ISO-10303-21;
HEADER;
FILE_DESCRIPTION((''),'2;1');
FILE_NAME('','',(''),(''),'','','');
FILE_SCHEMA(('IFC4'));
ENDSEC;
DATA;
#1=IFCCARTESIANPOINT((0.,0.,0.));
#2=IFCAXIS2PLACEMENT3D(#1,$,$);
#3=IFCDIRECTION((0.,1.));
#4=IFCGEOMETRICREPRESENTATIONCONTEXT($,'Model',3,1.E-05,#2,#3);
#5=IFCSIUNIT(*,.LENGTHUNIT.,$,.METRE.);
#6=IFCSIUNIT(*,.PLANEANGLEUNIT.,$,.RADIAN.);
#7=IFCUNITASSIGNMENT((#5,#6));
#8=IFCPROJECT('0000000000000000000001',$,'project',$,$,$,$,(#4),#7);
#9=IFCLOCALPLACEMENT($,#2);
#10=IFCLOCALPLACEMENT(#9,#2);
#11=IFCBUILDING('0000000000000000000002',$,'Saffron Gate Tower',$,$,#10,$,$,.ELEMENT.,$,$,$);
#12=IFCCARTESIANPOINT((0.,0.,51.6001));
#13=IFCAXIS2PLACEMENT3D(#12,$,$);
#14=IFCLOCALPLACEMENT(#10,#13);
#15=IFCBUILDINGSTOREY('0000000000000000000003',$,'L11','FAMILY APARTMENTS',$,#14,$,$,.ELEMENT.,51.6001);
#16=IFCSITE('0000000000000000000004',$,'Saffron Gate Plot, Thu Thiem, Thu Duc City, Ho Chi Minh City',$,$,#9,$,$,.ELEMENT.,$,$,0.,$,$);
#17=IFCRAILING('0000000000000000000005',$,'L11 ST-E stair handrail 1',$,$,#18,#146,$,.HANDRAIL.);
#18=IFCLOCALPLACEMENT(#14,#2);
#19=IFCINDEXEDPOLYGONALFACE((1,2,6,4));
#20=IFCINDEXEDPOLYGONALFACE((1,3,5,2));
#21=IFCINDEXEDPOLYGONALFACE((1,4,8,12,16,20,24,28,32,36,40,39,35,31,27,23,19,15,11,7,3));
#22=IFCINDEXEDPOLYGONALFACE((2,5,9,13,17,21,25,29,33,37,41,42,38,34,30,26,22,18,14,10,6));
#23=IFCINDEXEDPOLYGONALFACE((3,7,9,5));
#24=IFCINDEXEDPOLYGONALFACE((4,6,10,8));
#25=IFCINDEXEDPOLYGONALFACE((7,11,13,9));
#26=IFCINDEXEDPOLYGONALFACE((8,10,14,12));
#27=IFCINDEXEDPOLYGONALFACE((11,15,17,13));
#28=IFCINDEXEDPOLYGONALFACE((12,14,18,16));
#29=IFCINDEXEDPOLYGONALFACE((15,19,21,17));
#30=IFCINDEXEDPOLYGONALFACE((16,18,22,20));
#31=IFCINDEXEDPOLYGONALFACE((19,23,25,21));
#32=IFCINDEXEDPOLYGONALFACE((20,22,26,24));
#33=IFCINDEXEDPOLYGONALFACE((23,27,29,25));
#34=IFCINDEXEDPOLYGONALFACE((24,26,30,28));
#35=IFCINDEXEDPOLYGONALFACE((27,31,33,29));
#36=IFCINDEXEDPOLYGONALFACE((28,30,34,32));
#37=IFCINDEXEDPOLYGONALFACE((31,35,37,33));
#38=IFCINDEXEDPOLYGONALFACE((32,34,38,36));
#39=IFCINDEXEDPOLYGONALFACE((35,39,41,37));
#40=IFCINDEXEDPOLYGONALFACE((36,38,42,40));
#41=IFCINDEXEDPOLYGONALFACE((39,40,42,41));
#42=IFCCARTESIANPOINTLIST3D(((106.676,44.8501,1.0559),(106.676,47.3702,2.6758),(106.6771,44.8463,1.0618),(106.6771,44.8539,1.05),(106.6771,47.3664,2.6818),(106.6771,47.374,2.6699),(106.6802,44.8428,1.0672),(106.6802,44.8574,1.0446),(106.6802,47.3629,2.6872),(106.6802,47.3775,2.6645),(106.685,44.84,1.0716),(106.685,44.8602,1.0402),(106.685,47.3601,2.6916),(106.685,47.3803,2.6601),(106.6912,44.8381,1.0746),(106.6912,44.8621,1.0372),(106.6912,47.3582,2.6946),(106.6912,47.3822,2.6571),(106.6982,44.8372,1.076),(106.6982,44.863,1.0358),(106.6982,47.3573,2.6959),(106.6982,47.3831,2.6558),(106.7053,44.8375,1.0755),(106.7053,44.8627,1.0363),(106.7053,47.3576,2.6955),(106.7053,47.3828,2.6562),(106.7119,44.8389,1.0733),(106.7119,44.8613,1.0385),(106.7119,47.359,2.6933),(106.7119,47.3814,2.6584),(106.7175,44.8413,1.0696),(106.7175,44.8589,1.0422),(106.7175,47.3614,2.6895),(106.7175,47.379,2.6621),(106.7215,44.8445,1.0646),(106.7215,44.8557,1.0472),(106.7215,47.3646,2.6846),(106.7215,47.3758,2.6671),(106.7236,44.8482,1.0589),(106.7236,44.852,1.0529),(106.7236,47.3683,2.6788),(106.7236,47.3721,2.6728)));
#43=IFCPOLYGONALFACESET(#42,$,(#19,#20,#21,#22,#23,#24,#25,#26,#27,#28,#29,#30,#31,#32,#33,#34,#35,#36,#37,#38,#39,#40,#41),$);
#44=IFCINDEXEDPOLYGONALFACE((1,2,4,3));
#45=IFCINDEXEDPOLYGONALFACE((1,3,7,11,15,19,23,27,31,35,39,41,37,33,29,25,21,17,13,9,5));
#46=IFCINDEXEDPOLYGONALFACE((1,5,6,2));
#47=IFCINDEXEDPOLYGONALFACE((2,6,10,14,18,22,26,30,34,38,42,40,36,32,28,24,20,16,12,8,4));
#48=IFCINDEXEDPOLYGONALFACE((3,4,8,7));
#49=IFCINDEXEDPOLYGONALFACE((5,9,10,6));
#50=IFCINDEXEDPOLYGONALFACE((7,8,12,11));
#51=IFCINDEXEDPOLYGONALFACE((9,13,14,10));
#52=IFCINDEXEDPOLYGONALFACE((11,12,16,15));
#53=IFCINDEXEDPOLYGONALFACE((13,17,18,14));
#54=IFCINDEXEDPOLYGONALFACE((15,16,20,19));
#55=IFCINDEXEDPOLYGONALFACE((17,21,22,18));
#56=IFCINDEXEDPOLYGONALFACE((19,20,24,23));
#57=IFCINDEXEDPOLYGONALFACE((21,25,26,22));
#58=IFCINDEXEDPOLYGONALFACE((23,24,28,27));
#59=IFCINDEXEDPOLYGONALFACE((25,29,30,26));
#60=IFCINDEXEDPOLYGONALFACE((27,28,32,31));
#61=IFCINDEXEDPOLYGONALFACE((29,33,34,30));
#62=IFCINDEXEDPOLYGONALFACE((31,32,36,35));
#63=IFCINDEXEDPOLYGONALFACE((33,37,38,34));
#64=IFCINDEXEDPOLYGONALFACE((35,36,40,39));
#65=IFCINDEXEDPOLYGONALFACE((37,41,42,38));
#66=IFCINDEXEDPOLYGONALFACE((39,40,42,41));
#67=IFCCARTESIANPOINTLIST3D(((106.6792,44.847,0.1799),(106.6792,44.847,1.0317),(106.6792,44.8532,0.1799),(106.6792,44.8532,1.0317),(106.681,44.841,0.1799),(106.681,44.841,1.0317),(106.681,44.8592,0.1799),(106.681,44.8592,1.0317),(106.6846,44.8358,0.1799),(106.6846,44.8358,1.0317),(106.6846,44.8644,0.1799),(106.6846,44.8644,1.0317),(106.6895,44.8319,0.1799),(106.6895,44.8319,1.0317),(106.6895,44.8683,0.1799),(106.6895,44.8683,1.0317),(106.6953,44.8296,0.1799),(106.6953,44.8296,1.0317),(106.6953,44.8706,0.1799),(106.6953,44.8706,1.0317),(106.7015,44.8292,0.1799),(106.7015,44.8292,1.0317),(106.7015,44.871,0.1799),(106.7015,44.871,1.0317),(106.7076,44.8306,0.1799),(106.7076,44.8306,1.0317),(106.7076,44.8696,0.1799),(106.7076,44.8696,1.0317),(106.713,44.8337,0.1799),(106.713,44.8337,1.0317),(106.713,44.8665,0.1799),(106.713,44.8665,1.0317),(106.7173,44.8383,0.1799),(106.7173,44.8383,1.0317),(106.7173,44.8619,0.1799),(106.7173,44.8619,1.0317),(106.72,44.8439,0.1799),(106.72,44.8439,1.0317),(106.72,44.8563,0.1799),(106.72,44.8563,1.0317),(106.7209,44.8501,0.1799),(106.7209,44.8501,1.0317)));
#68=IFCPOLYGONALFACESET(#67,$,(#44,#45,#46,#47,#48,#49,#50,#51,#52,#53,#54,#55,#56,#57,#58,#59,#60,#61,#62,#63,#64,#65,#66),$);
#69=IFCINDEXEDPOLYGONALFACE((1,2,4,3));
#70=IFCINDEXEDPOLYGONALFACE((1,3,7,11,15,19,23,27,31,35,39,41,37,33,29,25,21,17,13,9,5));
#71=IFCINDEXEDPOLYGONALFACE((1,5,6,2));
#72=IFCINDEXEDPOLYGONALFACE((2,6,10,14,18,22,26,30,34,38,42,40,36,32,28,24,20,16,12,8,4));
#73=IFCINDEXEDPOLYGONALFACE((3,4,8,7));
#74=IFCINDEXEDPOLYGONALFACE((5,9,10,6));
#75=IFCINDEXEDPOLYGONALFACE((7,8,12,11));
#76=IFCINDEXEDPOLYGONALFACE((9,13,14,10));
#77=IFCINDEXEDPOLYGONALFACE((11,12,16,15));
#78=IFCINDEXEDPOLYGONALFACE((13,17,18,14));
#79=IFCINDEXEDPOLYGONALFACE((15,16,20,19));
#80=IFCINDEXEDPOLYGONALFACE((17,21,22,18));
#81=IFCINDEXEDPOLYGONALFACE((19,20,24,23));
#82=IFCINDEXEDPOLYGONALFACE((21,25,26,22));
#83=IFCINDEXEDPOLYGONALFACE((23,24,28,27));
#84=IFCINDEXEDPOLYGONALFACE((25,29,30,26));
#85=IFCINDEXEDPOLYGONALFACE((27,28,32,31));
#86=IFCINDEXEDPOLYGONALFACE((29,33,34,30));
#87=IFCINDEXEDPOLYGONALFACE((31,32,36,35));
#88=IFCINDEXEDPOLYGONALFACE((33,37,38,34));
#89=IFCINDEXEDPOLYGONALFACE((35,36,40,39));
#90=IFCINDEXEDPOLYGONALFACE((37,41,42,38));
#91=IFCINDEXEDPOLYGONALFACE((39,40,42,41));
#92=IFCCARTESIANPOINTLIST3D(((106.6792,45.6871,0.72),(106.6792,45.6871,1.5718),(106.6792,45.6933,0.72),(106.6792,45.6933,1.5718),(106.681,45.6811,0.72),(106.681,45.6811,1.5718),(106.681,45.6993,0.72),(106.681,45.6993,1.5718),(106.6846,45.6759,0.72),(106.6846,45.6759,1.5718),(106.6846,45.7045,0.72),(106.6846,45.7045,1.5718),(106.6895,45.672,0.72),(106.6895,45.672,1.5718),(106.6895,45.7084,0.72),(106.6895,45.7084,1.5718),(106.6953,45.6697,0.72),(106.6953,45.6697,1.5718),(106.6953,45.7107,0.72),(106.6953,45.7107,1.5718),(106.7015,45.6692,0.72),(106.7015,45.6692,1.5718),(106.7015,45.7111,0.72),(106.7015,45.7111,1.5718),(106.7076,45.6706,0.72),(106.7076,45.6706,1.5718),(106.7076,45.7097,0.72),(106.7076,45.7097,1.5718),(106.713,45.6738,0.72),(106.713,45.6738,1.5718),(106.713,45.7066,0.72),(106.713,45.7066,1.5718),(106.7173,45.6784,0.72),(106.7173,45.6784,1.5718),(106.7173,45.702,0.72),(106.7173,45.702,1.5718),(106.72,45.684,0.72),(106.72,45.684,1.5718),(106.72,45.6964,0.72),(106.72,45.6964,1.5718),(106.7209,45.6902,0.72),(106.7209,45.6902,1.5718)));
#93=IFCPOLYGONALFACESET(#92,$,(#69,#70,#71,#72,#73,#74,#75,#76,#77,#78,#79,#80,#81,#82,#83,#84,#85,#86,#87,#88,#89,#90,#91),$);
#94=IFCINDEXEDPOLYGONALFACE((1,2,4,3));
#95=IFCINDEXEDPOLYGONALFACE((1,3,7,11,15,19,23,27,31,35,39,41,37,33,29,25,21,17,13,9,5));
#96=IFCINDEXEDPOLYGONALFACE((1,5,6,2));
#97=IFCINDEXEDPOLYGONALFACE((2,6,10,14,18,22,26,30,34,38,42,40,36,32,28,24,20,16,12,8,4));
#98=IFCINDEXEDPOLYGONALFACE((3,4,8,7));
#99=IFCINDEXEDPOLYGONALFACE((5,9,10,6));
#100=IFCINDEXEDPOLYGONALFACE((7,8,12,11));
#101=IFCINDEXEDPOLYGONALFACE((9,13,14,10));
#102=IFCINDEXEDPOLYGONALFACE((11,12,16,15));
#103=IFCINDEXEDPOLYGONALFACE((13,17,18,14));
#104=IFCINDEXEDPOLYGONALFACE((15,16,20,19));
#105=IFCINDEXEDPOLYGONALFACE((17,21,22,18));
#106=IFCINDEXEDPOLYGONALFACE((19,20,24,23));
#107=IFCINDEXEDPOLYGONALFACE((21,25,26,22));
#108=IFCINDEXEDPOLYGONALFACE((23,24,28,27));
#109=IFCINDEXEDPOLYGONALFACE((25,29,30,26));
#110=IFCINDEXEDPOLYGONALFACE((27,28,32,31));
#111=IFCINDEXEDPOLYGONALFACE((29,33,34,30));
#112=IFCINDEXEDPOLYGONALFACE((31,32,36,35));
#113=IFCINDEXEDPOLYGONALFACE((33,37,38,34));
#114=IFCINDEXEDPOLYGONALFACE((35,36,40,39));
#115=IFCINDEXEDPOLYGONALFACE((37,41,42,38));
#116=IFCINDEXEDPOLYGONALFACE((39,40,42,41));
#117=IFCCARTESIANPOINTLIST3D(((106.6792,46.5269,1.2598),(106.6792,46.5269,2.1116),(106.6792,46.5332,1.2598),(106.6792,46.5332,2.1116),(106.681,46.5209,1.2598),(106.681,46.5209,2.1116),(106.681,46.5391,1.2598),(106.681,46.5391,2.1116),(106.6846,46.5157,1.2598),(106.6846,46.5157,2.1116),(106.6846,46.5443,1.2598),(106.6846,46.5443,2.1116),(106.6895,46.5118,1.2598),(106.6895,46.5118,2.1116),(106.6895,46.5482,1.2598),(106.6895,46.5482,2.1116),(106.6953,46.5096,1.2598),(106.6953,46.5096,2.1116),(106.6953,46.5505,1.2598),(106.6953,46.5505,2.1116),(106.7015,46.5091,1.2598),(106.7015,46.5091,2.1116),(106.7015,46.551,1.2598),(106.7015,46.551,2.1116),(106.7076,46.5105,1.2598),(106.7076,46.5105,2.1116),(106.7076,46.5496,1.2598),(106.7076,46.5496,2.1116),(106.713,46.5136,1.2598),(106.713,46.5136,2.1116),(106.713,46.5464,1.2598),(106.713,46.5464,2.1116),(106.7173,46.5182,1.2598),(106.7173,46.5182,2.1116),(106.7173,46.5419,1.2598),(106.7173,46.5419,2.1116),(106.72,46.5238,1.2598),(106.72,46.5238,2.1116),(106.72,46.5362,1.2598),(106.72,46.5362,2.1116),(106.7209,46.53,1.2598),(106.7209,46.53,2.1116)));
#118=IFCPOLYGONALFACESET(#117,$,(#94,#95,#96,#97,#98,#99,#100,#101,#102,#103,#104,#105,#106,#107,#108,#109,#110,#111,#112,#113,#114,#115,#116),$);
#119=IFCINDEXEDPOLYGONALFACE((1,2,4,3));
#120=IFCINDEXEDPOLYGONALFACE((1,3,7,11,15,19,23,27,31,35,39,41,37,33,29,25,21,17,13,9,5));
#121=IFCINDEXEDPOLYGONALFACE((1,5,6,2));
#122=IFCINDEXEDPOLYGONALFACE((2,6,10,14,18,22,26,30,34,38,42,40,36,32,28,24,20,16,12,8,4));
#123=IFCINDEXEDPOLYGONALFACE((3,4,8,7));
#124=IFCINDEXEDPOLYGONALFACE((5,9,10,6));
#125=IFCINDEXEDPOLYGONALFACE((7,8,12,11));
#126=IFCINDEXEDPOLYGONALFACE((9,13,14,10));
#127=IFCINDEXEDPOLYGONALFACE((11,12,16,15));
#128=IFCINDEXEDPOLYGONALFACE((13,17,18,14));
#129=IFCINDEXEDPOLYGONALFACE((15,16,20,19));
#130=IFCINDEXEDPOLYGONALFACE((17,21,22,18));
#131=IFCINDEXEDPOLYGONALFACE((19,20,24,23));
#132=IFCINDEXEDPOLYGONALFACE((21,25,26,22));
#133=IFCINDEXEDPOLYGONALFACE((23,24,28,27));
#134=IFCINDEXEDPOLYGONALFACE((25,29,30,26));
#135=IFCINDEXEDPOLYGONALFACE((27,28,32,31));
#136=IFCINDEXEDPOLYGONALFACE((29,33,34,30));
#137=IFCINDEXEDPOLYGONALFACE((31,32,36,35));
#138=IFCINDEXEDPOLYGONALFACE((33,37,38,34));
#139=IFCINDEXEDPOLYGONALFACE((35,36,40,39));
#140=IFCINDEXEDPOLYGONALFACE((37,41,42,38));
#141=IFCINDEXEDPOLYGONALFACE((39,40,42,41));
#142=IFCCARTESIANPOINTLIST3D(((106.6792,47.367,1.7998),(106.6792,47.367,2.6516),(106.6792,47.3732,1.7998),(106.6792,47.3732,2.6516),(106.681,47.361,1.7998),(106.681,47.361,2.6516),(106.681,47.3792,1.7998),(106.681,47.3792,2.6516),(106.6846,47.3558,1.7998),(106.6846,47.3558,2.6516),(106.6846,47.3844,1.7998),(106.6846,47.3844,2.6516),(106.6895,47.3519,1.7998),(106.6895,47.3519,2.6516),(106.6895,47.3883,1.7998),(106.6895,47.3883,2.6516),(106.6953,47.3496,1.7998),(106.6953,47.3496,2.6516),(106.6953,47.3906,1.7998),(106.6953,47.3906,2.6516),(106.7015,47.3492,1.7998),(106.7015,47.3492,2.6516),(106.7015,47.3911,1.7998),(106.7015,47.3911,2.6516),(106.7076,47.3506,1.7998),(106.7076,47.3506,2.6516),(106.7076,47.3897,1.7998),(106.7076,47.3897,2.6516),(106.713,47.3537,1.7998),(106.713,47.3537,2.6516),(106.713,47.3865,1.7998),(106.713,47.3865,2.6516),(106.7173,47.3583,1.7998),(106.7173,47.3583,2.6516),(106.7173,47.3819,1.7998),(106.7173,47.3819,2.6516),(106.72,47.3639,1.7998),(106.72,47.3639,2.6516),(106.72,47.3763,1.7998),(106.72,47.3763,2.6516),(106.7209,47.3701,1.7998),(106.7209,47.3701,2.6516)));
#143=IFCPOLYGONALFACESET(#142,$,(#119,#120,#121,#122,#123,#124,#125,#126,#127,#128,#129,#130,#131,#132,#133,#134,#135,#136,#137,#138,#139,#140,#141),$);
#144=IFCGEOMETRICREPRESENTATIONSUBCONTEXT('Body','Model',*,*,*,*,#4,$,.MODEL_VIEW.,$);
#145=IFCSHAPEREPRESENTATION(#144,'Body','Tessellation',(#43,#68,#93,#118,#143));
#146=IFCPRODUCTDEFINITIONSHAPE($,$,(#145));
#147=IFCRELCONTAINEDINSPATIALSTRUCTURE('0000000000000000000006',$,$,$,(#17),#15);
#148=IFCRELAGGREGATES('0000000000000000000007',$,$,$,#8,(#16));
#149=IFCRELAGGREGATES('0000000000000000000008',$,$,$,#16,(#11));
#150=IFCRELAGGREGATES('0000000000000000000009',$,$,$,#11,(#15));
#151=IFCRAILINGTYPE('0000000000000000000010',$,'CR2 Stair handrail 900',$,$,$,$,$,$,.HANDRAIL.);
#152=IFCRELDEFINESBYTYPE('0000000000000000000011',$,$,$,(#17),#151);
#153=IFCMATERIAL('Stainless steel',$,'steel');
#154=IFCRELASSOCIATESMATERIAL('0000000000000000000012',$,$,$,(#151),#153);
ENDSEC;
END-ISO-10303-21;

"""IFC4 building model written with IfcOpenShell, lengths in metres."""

from ifc_helpers import new_model, si_unit, direction, frame, origin, origin_2d, place, context, subcontext, project, spatial, circle, extrude, material, type_object, element, save


model = new_model("IFC4")

# Units and contexts
model_context = context("Model", 3, precision=1e-05, world=origin(), true_north=direction((0.0, 1.0)))
body_context = subcontext(model_context, "Body", "Model", "MODEL_VIEW")
ifc_project = project(units=[si_unit("LENGTHUNIT", "METRE"), si_unit("PLANEANGLEUNIT", "RADIAN")], contexts=[model_context])

# Site, building, storey
site_placement = place(None, origin())
site = spatial("IfcSite", under=ifc_project, at=site_placement, Name="Saffron Gate Plot, Thu Thiem, Thu Duc City, Ho Chi Minh City", CompositionType="ELEMENT", RefElevation=0.0)
building_placement = place(site_placement, origin())
building = spatial("IfcBuilding", under=site, at=building_placement, Name="Saffron Gate Tower", CompositionType="ELEMENT")
storey_placement = place(building_placement, frame((0.0, 0.0, 51.6001)))
storey = spatial("IfcBuildingStorey", under=building, at=storey_placement, Name="L11", Description="FAMILY APARTMENTS", CompositionType="ELEMENT", Elevation=51.6001)

# Railing
ifc_material_1 = material(Name="Stainless steel", Category="steel")
railing_type_1 = type_object("IfcRailingType", Name="CR2 Stair handrail 900", PredefinedType="HANDRAIL", material=ifc_material_1)
railing_1_placement = place(storey_placement, frame((106.7, 44.8501, 0.1799)))
element("IfcRailing", 1, at=railing_1_placement, inside=storey, type_object=railing_type_1, Name="L11 ST-E stair handrail 1", PredefinedType="HANDRAIL", context=body_context, shape_type="SweptSolid", body=[
    extrude(circle(Radius=0.0239, at=origin_2d()), frame((0.0, 0.0, 0.876), z_axis=(0.0, 0.8412, 0.540725), x_axis=(-1.0, 0.0, 0.0)), (0.0, 0.0, 1.0), 2.9958),
    extrude(circle(Radius=0.021, at=origin_2d()), origin(), (0.0, 0.0, 1.0), 0.8518),
    extrude(circle(Radius=0.021, at=origin_2d()), frame((0.0, 0.8401, 0.54)), (0.0, 0.0, 1.0), 0.8518),
    extrude(circle(Radius=0.021, at=origin_2d()), frame((0.0, 1.6799, 1.0798)), (0.0, 0.0, 1.0), 0.8518),
    extrude(circle(Radius=0.021, at=origin_2d()), frame((0.0, 2.52, 1.6199)), (0.0, 0.0, 1.0), 0.8518),
])

save(model, "model.ifc")
